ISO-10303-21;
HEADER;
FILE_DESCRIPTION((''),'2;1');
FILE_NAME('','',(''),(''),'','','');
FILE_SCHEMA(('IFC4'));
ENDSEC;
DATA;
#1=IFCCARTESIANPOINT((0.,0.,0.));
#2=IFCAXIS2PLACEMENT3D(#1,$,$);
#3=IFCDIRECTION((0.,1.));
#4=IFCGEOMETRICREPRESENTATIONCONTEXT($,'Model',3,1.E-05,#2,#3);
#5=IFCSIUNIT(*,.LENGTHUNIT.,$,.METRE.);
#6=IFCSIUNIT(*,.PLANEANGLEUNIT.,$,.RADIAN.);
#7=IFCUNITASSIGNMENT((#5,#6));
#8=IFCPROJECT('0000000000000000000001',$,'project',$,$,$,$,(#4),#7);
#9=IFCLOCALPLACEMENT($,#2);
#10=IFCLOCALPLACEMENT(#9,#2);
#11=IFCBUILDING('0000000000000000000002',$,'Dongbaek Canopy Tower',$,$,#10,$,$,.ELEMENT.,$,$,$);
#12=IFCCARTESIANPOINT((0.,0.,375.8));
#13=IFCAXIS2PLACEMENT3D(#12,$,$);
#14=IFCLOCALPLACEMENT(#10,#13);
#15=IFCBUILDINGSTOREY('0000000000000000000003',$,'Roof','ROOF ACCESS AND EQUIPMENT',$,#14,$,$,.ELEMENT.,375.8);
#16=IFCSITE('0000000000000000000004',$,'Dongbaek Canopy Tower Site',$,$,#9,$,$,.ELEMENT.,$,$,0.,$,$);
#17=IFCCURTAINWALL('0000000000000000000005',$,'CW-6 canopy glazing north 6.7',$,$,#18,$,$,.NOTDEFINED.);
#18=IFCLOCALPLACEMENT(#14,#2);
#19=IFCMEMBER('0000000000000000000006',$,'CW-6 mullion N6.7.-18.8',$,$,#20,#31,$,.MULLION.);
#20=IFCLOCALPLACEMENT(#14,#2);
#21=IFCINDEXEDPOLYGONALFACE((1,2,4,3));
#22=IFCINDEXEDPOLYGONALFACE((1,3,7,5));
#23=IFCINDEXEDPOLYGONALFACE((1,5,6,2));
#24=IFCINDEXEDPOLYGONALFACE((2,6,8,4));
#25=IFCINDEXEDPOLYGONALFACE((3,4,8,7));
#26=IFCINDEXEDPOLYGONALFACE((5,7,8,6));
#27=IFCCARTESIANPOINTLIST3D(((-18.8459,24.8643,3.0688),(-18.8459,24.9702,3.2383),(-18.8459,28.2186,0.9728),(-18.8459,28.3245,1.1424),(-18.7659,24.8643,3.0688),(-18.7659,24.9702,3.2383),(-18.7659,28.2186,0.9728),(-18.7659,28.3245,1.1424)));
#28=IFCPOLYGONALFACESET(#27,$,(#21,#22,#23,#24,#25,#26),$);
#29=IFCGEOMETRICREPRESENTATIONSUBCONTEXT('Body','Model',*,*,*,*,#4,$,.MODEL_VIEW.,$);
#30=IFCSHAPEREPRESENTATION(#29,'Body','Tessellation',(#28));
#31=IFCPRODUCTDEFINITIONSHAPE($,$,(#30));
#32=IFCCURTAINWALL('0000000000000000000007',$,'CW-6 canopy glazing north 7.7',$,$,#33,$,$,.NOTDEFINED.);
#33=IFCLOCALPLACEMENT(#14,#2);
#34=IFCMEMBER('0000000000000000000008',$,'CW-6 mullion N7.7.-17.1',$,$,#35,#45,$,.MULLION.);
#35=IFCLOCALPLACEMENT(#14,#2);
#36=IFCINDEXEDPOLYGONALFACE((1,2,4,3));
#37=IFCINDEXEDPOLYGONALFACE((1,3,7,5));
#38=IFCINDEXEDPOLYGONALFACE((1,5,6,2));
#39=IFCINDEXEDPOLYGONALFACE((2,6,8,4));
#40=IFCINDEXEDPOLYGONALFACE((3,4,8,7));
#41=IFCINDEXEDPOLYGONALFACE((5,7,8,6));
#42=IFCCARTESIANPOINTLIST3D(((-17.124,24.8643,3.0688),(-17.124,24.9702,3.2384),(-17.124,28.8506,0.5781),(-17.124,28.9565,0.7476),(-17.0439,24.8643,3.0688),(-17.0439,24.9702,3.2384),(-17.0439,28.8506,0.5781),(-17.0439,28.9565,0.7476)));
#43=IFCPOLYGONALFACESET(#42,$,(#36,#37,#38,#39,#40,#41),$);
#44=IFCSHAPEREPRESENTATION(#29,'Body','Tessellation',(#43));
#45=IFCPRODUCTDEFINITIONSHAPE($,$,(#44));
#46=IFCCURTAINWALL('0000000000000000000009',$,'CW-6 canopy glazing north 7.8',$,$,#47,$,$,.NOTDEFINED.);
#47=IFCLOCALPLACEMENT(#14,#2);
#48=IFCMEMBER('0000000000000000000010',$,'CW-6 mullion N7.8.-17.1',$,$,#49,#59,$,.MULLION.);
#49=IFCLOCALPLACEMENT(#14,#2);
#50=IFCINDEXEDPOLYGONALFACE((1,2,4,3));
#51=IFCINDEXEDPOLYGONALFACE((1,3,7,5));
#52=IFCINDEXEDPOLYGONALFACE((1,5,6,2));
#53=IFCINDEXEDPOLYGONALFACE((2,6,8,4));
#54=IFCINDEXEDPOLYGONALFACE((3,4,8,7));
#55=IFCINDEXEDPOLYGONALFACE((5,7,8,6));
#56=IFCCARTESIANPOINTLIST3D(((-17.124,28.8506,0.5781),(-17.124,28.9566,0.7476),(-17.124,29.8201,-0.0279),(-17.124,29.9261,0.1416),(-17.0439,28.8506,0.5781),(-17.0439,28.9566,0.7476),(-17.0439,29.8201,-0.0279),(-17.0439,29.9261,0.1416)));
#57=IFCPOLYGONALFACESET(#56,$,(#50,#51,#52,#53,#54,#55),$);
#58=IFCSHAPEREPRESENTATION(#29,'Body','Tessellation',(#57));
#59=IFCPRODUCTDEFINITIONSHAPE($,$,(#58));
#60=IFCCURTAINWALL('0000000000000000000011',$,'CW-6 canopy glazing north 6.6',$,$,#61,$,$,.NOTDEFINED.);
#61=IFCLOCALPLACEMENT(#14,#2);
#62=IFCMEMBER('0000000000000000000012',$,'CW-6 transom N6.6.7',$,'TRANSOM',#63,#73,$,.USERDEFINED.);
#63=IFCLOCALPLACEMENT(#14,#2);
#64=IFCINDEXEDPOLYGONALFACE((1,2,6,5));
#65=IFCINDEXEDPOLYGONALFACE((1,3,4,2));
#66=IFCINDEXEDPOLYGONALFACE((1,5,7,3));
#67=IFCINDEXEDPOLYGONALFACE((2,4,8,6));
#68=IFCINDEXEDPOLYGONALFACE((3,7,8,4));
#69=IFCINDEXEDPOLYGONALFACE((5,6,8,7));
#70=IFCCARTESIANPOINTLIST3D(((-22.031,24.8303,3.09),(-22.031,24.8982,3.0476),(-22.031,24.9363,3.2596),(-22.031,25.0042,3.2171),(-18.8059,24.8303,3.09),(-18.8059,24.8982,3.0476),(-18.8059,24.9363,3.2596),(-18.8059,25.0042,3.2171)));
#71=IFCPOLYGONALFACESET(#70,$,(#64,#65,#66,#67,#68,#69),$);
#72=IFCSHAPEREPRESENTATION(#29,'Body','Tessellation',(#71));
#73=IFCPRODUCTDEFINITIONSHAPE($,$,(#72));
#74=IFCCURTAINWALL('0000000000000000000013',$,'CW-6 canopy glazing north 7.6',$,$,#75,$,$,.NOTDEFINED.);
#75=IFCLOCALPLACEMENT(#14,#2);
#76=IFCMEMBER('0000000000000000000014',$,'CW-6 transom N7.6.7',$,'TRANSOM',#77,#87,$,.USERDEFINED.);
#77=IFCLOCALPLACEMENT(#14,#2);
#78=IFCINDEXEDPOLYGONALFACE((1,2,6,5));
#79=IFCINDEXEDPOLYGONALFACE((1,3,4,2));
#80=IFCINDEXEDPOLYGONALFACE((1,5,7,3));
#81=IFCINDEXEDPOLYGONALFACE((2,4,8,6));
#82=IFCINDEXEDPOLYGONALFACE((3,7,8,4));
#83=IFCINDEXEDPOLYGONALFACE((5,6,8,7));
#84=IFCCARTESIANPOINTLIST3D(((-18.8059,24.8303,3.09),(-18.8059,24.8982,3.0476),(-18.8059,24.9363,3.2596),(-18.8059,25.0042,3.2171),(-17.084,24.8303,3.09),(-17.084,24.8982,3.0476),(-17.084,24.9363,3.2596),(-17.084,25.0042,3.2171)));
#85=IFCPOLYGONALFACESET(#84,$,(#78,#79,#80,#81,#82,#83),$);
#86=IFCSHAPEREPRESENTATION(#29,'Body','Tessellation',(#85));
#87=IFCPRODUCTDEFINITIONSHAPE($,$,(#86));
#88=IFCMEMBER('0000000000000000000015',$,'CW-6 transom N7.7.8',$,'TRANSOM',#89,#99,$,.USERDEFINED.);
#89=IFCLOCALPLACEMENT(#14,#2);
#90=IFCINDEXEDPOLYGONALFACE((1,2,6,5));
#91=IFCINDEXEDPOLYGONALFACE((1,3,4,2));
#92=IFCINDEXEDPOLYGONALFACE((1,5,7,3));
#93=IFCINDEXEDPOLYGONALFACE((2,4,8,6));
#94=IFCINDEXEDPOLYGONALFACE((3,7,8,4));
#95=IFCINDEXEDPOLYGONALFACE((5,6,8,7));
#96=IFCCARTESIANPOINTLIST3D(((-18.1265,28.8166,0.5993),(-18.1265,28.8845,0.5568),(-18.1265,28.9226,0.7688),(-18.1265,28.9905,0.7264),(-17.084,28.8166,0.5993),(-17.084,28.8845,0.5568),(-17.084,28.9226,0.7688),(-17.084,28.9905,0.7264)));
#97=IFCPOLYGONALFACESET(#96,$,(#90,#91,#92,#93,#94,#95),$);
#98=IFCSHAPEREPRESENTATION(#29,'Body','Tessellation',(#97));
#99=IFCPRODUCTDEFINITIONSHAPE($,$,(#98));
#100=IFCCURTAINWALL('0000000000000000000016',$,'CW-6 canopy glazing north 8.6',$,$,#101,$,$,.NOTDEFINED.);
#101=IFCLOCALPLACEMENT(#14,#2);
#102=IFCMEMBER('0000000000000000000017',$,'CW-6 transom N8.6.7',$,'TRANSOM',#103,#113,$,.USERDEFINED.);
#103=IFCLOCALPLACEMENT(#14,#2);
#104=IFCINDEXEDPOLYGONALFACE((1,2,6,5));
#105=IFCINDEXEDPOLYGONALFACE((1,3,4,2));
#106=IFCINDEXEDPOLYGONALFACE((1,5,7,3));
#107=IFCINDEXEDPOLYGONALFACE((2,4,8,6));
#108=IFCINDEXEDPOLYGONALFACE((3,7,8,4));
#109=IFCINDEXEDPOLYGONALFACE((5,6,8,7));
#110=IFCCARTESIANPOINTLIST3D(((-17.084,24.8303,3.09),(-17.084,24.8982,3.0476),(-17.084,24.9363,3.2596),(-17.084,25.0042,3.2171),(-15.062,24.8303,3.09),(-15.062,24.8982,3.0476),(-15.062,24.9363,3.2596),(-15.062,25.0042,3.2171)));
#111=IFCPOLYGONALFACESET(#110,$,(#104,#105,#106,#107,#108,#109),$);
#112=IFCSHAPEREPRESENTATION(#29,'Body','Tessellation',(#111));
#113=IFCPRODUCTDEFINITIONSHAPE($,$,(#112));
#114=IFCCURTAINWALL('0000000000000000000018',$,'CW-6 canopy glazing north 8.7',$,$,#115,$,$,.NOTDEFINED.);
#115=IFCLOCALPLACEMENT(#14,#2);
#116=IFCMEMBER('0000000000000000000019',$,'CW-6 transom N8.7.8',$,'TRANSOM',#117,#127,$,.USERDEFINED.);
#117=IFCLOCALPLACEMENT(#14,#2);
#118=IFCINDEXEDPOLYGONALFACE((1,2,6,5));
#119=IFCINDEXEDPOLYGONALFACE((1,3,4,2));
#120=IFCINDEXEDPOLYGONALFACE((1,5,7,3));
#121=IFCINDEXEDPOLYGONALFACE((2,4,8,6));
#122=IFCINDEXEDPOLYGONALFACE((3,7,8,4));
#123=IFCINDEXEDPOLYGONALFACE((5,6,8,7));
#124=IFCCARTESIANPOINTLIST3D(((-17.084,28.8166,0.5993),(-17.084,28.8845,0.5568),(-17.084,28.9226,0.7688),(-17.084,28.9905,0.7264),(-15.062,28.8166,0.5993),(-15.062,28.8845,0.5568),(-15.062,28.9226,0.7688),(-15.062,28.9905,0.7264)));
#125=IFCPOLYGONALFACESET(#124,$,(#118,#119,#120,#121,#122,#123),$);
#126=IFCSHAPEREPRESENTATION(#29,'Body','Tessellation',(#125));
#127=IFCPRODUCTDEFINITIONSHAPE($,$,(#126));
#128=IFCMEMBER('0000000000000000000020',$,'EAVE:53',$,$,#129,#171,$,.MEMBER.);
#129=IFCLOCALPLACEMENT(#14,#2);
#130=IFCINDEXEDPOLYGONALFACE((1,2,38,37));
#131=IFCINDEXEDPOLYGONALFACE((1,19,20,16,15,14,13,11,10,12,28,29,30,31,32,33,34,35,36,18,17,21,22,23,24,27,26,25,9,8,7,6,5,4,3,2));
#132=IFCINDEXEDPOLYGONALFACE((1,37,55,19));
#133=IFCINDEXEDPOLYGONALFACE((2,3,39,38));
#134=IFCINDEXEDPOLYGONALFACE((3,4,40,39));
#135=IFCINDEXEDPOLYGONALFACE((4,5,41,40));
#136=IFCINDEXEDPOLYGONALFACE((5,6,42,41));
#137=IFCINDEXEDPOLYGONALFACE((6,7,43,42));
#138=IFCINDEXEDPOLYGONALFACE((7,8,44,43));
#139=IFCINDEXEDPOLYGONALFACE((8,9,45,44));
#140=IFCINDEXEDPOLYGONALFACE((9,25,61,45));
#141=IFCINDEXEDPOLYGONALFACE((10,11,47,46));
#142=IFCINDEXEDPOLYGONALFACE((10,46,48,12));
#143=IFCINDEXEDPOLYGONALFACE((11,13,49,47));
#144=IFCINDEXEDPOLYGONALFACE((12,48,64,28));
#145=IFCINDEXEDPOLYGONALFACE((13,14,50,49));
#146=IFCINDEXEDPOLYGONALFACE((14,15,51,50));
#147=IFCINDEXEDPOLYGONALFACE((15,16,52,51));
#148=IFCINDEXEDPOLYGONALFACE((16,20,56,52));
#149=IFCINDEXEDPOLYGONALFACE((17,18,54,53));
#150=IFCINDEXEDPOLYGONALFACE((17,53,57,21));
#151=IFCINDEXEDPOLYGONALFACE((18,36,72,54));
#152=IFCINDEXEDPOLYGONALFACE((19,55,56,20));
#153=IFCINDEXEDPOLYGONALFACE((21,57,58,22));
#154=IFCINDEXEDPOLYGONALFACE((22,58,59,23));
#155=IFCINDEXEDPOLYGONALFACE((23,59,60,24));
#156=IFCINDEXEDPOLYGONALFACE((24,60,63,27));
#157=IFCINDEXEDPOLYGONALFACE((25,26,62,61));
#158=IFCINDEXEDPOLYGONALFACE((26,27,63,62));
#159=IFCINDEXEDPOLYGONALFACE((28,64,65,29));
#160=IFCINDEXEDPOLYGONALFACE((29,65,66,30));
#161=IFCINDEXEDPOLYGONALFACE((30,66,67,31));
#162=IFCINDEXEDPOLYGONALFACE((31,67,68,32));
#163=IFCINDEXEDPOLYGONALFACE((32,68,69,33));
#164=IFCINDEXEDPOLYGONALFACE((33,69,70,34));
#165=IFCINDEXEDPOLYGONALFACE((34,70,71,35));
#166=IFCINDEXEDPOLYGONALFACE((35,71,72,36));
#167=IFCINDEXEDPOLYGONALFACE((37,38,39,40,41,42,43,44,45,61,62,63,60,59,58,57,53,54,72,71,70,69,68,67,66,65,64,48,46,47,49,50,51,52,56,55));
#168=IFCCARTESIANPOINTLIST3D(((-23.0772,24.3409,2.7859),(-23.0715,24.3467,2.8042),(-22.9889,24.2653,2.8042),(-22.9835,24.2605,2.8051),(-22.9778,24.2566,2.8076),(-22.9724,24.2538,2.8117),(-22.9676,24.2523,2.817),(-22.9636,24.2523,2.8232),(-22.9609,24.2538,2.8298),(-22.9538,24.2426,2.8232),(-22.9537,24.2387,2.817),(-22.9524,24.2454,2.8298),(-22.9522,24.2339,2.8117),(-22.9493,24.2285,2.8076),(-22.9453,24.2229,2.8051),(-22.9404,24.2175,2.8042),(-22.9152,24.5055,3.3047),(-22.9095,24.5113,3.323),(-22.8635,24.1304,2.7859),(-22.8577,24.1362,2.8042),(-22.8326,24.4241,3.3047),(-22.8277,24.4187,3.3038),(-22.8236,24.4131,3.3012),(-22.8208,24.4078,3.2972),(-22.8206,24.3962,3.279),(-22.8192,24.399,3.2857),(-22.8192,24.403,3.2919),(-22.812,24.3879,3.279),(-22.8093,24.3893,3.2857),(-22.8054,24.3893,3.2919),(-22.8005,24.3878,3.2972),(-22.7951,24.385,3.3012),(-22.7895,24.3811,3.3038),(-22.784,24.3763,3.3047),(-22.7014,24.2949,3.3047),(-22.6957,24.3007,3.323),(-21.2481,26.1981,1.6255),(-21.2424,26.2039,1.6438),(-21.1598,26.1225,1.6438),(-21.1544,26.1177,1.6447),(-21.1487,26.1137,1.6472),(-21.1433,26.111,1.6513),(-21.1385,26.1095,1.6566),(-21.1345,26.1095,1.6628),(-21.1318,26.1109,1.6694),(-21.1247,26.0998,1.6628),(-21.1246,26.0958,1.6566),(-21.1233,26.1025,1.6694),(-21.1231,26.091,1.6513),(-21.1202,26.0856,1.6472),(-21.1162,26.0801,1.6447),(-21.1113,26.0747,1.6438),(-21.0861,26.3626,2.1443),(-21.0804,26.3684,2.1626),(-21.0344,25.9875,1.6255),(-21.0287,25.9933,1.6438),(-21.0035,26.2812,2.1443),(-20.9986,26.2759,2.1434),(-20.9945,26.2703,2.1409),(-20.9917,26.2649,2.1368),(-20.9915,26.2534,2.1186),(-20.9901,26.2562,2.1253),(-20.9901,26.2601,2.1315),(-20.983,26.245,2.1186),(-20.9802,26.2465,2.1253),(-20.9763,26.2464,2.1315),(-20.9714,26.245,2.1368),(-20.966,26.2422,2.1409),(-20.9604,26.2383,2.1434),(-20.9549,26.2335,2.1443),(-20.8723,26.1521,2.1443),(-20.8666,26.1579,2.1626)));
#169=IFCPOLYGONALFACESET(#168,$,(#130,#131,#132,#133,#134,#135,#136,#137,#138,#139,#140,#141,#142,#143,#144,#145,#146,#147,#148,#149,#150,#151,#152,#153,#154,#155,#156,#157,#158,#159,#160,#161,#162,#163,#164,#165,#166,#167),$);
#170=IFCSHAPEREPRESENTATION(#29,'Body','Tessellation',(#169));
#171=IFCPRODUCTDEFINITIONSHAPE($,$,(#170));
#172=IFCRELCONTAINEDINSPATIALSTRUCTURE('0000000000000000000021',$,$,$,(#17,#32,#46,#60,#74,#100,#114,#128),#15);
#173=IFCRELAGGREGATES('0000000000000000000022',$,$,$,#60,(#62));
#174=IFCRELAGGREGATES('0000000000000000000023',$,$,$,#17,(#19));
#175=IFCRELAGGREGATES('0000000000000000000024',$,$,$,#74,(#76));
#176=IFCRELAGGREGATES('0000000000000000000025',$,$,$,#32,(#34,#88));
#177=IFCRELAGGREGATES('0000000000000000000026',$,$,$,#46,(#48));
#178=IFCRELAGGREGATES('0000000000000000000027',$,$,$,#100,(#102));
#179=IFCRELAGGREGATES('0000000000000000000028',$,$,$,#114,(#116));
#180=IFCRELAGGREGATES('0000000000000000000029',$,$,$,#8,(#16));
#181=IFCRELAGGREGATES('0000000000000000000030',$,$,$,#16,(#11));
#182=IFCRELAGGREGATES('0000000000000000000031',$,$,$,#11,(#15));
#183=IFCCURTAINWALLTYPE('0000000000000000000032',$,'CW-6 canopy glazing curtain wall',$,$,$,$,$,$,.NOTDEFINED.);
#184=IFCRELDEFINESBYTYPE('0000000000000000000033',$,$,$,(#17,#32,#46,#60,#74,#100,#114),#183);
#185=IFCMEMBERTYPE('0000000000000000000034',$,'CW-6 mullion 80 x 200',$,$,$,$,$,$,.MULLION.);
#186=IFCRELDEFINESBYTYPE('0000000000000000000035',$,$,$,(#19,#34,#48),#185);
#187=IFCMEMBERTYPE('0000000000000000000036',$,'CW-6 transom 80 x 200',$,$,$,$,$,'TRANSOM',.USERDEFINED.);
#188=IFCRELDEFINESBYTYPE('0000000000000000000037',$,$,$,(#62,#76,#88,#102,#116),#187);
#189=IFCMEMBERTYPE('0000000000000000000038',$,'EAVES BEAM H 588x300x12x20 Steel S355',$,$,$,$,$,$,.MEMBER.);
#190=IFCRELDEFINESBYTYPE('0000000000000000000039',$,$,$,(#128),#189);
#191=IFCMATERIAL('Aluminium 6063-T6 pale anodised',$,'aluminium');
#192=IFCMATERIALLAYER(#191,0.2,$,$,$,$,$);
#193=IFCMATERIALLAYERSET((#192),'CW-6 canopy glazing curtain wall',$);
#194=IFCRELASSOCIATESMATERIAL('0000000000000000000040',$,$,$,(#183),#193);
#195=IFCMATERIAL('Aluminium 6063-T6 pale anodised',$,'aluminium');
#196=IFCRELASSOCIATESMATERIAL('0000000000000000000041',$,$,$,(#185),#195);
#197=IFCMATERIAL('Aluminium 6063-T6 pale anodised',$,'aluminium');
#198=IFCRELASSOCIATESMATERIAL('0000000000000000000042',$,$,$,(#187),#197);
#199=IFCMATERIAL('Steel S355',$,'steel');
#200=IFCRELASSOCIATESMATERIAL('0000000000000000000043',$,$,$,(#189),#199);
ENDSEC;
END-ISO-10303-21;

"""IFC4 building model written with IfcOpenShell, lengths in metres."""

from ifc_helpers import new_model, si_unit, direction, frame, origin, origin_2d, place, context, subcontext, project, spatial, rectangle, i_section, extrude, material, layer, layer_set, material_profile, profile_set, type_object, element, aggregate, save


model = new_model("IFC4")

# Units and contexts
model_context = context("Model", 3, precision=1e-05, world=origin(), true_north=direction((0.0, 1.0)))
body_context = subcontext(model_context, "Body", "Model", "MODEL_VIEW")
ifc_project = project(units=[si_unit("LENGTHUNIT", "METRE"), si_unit("PLANEANGLEUNIT", "RADIAN")], contexts=[model_context])

# Site, building, storey
site_placement = place(None, origin())
site = spatial("IfcSite", under=ifc_project, at=site_placement, Name="Dongbaek Canopy Tower Site", CompositionType="ELEMENT", RefElevation=0.0)
building_placement = place(site_placement, origin())
building = spatial("IfcBuilding", under=site, at=building_placement, Name="Dongbaek Canopy Tower", CompositionType="ELEMENT")
storey_placement = place(building_placement, frame((0.0, 0.0, 375.8)))
storey = spatial("IfcBuildingStorey", under=building, at=storey_placement, Name="Roof", Description="ROOF ACCESS AND EQUIPMENT", CompositionType="ELEMENT", Elevation=375.8)

# Curtain walls, members
ifc_material_1 = material(Name="Aluminium 6063-T6 pale anodised", Category="aluminium")
ifc_layer_1 = layer(ifc_material_1, 0.2)
ifc_layer_set_1 = layer_set([ifc_layer_1], Name="CW-6 canopy glazing curtain wall")
curtain_wall_type = type_object("IfcCurtainWallType", Name="CW-6 canopy glazing curtain wall", PredefinedType="NOTDEFINED", material=ifc_layer_set_1)
curtain_wall_1_placement = place(storey_placement, origin())
curtain_wall_1 = element("IfcCurtainWall", 1, at=curtain_wall_1_placement, inside=storey, type_object=curtain_wall_type, Name="CW-6 canopy glazing north 6.7", PredefinedType="NOTDEFINED")
ifc_material_2 = material(Name="Aluminium 6063-T6 pale anodised", Category="aluminium")
ifc_material_profile_1 = material_profile(ifc_material_2, rectangle(XDim=0.0801, YDim=0.2, at=origin_2d()), Name="CW-6 mullion 80 x 200")
ifc_profile_set_1 = profile_set([ifc_material_profile_1], Name="Aluminium 6063-T6 pale anodised")
member_type_1 = type_object("IfcMemberType", Name="CW-6 mullion 80 x 200", PredefinedType="MULLION", material=ifc_profile_set_1)
member_1_placement = place(storey_placement, frame((-18.8059, 24.9172, 3.1536), z_axis=(0.0, 0.84805, -0.529916), x_axis=(-1.0, 0.0, 0.0)))
member_1 = element("IfcMember", 2, at=member_1_placement, type_object=member_type_1, Name="CW-6 mullion N6.7.-18.8", PredefinedType="MULLION", context=body_context, shape_type="SweptSolid", body=[
    extrude(rectangle(XDim=0.0801, YDim=0.2, at=origin_2d()), origin(), (0.0, 0.0, 1.0), 3.9553),
])
curtain_wall_2_placement = place(storey_placement, origin())
curtain_wall_2 = element("IfcCurtainWall", 3, at=curtain_wall_2_placement, inside=storey, type_object=curtain_wall_type, Name="CW-6 canopy glazing north 7.7", PredefinedType="NOTDEFINED")
member_2_placement = place(storey_placement, frame((-17.084, 24.9172, 3.1536), z_axis=(0.0, 0.848068, -0.529887), x_axis=(-1.0, 0.0, 0.0)))
member_2 = element("IfcMember", 4, at=member_2_placement, type_object=member_type_1, Name="CW-6 mullion N7.7.-17.1", PredefinedType="MULLION", context=body_context, shape_type="SweptSolid", body=[
    extrude(rectangle(XDim=0.0801, YDim=0.2, at=origin_2d()), origin(), (0.0, 0.0, 1.0), 4.7004),
])
curtain_wall_3_placement = place(storey_placement, origin())
curtain_wall_3 = element("IfcCurtainWall", 5, at=curtain_wall_3_placement, inside=storey, type_object=curtain_wall_type, Name="CW-6 canopy glazing north 7.8", PredefinedType="NOTDEFINED")
member_3_placement = place(storey_placement, frame((-17.084, 28.9036, 0.6628), z_axis=(0.0, 0.847986, -0.530018), x_axis=(-1.0, 0.0, 0.0)))
member_3 = element("IfcMember", 6, at=member_3_placement, type_object=member_type_1, Name="CW-6 mullion N7.8.-17.1", PredefinedType="MULLION", context=body_context, shape_type="SweptSolid", body=[
    extrude(rectangle(XDim=0.0801, YDim=0.2, at=origin_2d()), origin(), (0.0, 0.0, 1.0), 1.1433),
])
curtain_wall_4_placement = place(storey_placement, origin())
curtain_wall_4 = element("IfcCurtainWall", 7, at=curtain_wall_4_placement, inside=storey, type_object=curtain_wall_type, Name="CW-6 canopy glazing north 6.6", PredefinedType="NOTDEFINED")
ifc_material_3 = material(Name="Aluminium 6063-T6 pale anodised", Category="aluminium")
ifc_material_profile_2 = material_profile(ifc_material_3, rectangle(XDim=0.0801, YDim=0.2, at=origin_2d()), Name="CW-6 transom 80 x 200")
ifc_profile_set_2 = profile_set([ifc_material_profile_2], Name="Aluminium 6063-T6 pale anodised")
member_type_2 = type_object("IfcMemberType", Name="CW-6 transom 80 x 200", ElementType="TRANSOM", PredefinedType="USERDEFINED", material=ifc_profile_set_2)
member_4_placement = place(storey_placement, frame((-22.031, 24.9172, 3.1536), z_axis=(1.0, 0.0, 0.0), x_axis=(0.0, 0.848048, -0.529919)))
member_4 = element("IfcMember", 8, at=member_4_placement, type_object=member_type_2, Name="CW-6 transom N6.6.7", ObjectType="TRANSOM", PredefinedType="USERDEFINED", context=body_context, shape_type="SweptSolid", body=[
    extrude(rectangle(XDim=0.0801, YDim=0.2, at=origin_2d()), origin(), (0.0, 0.0, 1.0), 3.2251),
])
curtain_wall_5_placement = place(storey_placement, origin())
curtain_wall_5 = element("IfcCurtainWall", 9, at=curtain_wall_5_placement, inside=storey, type_object=curtain_wall_type, Name="CW-6 canopy glazing north 7.6", PredefinedType="NOTDEFINED")
member_5_placement = place(storey_placement, frame((-18.8059, 24.9172, 3.1536), z_axis=(1.0, 0.0, 0.0), x_axis=(0.0, 0.848048, -0.529919)))
member_5 = element("IfcMember", 10, at=member_5_placement, type_object=member_type_2, Name="CW-6 transom N7.6.7", ObjectType="TRANSOM", PredefinedType="USERDEFINED", context=body_context, shape_type="SweptSolid", body=[
    extrude(rectangle(XDim=0.0801, YDim=0.2, at=origin_2d()), origin(), (0.0, 0.0, 1.0), 1.7219),
])

# Member
member_6_placement = place(storey_placement, frame((-18.1265, 28.9036, 0.6628), z_axis=(1.0, 0.0, 0.0), x_axis=(0.0, 0.848048, -0.529919)))
member_6 = element("IfcMember", 11, at=member_6_placement, type_object=member_type_2, Name="CW-6 transom N7.7.8", ObjectType="TRANSOM", PredefinedType="USERDEFINED", context=body_context, shape_type="SweptSolid", body=[
    extrude(rectangle(XDim=0.0801, YDim=0.2, at=origin_2d()), origin(), (0.0, 0.0, 1.0), 1.0425),
])

# Curtain walls, members
curtain_wall_6_placement = place(storey_placement, origin())
curtain_wall_6 = element("IfcCurtainWall", 12, at=curtain_wall_6_placement, inside=storey, type_object=curtain_wall_type, Name="CW-6 canopy glazing north 8.6", PredefinedType="NOTDEFINED")
member_7_placement = place(storey_placement, frame((-17.084, 24.9172, 3.1536), z_axis=(1.0, 0.0, 0.0), x_axis=(0.0, 0.848048, -0.529919)))
member_7 = element("IfcMember", 13, at=member_7_placement, type_object=member_type_2, Name="CW-6 transom N8.6.7", ObjectType="TRANSOM", PredefinedType="USERDEFINED", context=body_context, shape_type="SweptSolid", body=[
    extrude(rectangle(XDim=0.0801, YDim=0.2, at=origin_2d()), origin(), (0.0, 0.0, 1.0), 2.022),
])
curtain_wall_7_placement = place(storey_placement, origin())
curtain_wall_7 = element("IfcCurtainWall", 14, at=curtain_wall_7_placement, inside=storey, type_object=curtain_wall_type, Name="CW-6 canopy glazing north 8.7", PredefinedType="NOTDEFINED")
member_8_placement = place(storey_placement, frame((-17.084, 28.9036, 0.6628), z_axis=(1.0, 0.0, 0.0), x_axis=(0.0, 0.848048, -0.529919)))
member_8 = element("IfcMember", 15, at=member_8_placement, type_object=member_type_2, Name="CW-6 transom N8.7.8", ObjectType="TRANSOM", PredefinedType="USERDEFINED", context=body_context, shape_type="SweptSolid", body=[
    extrude(rectangle(XDim=0.0801, YDim=0.2, at=origin_2d()), origin(), (0.0, 0.0, 1.0), 2.022),
])

# Member
ifc_material_4 = material(Name="Steel S355", Category="steel")
ifc_material_profile_3 = material_profile(ifc_material_4, i_section(OverallWidth=0.3, OverallDepth=0.5879, WebThickness=0.012, FlangeThickness=0.02, FilletRadius=0.0281, at=origin_2d()), Name="EAVES BEAM H 588x300x12x20 Steel S355")
ifc_profile_set_3 = profile_set([ifc_material_profile_3], Name="Steel S355")
member_type_3 = type_object("IfcMemberType", Name="EAVES BEAM H 588x300x12x20 Steel S355", PredefinedType="MEMBER", material=ifc_profile_set_3)
member_9_placement = place(storey_placement, frame((-21.0574, 26.178, 1.894), z_axis=(-0.641051, -0.65089, 0.406689), x_axis=(0.712472, -0.701701, 0.0)))
element("IfcMember", 16, at=member_9_placement, inside=storey, type_object=member_type_3, Name="EAVE:53", PredefinedType="MEMBER", context=body_context, shape_type="SweptSolid", body=[
    extrude(i_section(OverallWidth=0.3, OverallDepth=0.5879, WebThickness=0.012, FlangeThickness=0.02, FilletRadius=0.0281, at=origin_2d()), origin(), (0.0, 0.0, 1.0), 2.8533),
])

aggregate(curtain_wall_4, [member_4])
aggregate(curtain_wall_1, [member_1])
aggregate(curtain_wall_5, [member_5])
aggregate(curtain_wall_2, [member_2, member_6])
aggregate(curtain_wall_3, [member_3])
aggregate(curtain_wall_6, [member_7])
aggregate(curtain_wall_7, [member_8])

save(model, "model.ifc")
